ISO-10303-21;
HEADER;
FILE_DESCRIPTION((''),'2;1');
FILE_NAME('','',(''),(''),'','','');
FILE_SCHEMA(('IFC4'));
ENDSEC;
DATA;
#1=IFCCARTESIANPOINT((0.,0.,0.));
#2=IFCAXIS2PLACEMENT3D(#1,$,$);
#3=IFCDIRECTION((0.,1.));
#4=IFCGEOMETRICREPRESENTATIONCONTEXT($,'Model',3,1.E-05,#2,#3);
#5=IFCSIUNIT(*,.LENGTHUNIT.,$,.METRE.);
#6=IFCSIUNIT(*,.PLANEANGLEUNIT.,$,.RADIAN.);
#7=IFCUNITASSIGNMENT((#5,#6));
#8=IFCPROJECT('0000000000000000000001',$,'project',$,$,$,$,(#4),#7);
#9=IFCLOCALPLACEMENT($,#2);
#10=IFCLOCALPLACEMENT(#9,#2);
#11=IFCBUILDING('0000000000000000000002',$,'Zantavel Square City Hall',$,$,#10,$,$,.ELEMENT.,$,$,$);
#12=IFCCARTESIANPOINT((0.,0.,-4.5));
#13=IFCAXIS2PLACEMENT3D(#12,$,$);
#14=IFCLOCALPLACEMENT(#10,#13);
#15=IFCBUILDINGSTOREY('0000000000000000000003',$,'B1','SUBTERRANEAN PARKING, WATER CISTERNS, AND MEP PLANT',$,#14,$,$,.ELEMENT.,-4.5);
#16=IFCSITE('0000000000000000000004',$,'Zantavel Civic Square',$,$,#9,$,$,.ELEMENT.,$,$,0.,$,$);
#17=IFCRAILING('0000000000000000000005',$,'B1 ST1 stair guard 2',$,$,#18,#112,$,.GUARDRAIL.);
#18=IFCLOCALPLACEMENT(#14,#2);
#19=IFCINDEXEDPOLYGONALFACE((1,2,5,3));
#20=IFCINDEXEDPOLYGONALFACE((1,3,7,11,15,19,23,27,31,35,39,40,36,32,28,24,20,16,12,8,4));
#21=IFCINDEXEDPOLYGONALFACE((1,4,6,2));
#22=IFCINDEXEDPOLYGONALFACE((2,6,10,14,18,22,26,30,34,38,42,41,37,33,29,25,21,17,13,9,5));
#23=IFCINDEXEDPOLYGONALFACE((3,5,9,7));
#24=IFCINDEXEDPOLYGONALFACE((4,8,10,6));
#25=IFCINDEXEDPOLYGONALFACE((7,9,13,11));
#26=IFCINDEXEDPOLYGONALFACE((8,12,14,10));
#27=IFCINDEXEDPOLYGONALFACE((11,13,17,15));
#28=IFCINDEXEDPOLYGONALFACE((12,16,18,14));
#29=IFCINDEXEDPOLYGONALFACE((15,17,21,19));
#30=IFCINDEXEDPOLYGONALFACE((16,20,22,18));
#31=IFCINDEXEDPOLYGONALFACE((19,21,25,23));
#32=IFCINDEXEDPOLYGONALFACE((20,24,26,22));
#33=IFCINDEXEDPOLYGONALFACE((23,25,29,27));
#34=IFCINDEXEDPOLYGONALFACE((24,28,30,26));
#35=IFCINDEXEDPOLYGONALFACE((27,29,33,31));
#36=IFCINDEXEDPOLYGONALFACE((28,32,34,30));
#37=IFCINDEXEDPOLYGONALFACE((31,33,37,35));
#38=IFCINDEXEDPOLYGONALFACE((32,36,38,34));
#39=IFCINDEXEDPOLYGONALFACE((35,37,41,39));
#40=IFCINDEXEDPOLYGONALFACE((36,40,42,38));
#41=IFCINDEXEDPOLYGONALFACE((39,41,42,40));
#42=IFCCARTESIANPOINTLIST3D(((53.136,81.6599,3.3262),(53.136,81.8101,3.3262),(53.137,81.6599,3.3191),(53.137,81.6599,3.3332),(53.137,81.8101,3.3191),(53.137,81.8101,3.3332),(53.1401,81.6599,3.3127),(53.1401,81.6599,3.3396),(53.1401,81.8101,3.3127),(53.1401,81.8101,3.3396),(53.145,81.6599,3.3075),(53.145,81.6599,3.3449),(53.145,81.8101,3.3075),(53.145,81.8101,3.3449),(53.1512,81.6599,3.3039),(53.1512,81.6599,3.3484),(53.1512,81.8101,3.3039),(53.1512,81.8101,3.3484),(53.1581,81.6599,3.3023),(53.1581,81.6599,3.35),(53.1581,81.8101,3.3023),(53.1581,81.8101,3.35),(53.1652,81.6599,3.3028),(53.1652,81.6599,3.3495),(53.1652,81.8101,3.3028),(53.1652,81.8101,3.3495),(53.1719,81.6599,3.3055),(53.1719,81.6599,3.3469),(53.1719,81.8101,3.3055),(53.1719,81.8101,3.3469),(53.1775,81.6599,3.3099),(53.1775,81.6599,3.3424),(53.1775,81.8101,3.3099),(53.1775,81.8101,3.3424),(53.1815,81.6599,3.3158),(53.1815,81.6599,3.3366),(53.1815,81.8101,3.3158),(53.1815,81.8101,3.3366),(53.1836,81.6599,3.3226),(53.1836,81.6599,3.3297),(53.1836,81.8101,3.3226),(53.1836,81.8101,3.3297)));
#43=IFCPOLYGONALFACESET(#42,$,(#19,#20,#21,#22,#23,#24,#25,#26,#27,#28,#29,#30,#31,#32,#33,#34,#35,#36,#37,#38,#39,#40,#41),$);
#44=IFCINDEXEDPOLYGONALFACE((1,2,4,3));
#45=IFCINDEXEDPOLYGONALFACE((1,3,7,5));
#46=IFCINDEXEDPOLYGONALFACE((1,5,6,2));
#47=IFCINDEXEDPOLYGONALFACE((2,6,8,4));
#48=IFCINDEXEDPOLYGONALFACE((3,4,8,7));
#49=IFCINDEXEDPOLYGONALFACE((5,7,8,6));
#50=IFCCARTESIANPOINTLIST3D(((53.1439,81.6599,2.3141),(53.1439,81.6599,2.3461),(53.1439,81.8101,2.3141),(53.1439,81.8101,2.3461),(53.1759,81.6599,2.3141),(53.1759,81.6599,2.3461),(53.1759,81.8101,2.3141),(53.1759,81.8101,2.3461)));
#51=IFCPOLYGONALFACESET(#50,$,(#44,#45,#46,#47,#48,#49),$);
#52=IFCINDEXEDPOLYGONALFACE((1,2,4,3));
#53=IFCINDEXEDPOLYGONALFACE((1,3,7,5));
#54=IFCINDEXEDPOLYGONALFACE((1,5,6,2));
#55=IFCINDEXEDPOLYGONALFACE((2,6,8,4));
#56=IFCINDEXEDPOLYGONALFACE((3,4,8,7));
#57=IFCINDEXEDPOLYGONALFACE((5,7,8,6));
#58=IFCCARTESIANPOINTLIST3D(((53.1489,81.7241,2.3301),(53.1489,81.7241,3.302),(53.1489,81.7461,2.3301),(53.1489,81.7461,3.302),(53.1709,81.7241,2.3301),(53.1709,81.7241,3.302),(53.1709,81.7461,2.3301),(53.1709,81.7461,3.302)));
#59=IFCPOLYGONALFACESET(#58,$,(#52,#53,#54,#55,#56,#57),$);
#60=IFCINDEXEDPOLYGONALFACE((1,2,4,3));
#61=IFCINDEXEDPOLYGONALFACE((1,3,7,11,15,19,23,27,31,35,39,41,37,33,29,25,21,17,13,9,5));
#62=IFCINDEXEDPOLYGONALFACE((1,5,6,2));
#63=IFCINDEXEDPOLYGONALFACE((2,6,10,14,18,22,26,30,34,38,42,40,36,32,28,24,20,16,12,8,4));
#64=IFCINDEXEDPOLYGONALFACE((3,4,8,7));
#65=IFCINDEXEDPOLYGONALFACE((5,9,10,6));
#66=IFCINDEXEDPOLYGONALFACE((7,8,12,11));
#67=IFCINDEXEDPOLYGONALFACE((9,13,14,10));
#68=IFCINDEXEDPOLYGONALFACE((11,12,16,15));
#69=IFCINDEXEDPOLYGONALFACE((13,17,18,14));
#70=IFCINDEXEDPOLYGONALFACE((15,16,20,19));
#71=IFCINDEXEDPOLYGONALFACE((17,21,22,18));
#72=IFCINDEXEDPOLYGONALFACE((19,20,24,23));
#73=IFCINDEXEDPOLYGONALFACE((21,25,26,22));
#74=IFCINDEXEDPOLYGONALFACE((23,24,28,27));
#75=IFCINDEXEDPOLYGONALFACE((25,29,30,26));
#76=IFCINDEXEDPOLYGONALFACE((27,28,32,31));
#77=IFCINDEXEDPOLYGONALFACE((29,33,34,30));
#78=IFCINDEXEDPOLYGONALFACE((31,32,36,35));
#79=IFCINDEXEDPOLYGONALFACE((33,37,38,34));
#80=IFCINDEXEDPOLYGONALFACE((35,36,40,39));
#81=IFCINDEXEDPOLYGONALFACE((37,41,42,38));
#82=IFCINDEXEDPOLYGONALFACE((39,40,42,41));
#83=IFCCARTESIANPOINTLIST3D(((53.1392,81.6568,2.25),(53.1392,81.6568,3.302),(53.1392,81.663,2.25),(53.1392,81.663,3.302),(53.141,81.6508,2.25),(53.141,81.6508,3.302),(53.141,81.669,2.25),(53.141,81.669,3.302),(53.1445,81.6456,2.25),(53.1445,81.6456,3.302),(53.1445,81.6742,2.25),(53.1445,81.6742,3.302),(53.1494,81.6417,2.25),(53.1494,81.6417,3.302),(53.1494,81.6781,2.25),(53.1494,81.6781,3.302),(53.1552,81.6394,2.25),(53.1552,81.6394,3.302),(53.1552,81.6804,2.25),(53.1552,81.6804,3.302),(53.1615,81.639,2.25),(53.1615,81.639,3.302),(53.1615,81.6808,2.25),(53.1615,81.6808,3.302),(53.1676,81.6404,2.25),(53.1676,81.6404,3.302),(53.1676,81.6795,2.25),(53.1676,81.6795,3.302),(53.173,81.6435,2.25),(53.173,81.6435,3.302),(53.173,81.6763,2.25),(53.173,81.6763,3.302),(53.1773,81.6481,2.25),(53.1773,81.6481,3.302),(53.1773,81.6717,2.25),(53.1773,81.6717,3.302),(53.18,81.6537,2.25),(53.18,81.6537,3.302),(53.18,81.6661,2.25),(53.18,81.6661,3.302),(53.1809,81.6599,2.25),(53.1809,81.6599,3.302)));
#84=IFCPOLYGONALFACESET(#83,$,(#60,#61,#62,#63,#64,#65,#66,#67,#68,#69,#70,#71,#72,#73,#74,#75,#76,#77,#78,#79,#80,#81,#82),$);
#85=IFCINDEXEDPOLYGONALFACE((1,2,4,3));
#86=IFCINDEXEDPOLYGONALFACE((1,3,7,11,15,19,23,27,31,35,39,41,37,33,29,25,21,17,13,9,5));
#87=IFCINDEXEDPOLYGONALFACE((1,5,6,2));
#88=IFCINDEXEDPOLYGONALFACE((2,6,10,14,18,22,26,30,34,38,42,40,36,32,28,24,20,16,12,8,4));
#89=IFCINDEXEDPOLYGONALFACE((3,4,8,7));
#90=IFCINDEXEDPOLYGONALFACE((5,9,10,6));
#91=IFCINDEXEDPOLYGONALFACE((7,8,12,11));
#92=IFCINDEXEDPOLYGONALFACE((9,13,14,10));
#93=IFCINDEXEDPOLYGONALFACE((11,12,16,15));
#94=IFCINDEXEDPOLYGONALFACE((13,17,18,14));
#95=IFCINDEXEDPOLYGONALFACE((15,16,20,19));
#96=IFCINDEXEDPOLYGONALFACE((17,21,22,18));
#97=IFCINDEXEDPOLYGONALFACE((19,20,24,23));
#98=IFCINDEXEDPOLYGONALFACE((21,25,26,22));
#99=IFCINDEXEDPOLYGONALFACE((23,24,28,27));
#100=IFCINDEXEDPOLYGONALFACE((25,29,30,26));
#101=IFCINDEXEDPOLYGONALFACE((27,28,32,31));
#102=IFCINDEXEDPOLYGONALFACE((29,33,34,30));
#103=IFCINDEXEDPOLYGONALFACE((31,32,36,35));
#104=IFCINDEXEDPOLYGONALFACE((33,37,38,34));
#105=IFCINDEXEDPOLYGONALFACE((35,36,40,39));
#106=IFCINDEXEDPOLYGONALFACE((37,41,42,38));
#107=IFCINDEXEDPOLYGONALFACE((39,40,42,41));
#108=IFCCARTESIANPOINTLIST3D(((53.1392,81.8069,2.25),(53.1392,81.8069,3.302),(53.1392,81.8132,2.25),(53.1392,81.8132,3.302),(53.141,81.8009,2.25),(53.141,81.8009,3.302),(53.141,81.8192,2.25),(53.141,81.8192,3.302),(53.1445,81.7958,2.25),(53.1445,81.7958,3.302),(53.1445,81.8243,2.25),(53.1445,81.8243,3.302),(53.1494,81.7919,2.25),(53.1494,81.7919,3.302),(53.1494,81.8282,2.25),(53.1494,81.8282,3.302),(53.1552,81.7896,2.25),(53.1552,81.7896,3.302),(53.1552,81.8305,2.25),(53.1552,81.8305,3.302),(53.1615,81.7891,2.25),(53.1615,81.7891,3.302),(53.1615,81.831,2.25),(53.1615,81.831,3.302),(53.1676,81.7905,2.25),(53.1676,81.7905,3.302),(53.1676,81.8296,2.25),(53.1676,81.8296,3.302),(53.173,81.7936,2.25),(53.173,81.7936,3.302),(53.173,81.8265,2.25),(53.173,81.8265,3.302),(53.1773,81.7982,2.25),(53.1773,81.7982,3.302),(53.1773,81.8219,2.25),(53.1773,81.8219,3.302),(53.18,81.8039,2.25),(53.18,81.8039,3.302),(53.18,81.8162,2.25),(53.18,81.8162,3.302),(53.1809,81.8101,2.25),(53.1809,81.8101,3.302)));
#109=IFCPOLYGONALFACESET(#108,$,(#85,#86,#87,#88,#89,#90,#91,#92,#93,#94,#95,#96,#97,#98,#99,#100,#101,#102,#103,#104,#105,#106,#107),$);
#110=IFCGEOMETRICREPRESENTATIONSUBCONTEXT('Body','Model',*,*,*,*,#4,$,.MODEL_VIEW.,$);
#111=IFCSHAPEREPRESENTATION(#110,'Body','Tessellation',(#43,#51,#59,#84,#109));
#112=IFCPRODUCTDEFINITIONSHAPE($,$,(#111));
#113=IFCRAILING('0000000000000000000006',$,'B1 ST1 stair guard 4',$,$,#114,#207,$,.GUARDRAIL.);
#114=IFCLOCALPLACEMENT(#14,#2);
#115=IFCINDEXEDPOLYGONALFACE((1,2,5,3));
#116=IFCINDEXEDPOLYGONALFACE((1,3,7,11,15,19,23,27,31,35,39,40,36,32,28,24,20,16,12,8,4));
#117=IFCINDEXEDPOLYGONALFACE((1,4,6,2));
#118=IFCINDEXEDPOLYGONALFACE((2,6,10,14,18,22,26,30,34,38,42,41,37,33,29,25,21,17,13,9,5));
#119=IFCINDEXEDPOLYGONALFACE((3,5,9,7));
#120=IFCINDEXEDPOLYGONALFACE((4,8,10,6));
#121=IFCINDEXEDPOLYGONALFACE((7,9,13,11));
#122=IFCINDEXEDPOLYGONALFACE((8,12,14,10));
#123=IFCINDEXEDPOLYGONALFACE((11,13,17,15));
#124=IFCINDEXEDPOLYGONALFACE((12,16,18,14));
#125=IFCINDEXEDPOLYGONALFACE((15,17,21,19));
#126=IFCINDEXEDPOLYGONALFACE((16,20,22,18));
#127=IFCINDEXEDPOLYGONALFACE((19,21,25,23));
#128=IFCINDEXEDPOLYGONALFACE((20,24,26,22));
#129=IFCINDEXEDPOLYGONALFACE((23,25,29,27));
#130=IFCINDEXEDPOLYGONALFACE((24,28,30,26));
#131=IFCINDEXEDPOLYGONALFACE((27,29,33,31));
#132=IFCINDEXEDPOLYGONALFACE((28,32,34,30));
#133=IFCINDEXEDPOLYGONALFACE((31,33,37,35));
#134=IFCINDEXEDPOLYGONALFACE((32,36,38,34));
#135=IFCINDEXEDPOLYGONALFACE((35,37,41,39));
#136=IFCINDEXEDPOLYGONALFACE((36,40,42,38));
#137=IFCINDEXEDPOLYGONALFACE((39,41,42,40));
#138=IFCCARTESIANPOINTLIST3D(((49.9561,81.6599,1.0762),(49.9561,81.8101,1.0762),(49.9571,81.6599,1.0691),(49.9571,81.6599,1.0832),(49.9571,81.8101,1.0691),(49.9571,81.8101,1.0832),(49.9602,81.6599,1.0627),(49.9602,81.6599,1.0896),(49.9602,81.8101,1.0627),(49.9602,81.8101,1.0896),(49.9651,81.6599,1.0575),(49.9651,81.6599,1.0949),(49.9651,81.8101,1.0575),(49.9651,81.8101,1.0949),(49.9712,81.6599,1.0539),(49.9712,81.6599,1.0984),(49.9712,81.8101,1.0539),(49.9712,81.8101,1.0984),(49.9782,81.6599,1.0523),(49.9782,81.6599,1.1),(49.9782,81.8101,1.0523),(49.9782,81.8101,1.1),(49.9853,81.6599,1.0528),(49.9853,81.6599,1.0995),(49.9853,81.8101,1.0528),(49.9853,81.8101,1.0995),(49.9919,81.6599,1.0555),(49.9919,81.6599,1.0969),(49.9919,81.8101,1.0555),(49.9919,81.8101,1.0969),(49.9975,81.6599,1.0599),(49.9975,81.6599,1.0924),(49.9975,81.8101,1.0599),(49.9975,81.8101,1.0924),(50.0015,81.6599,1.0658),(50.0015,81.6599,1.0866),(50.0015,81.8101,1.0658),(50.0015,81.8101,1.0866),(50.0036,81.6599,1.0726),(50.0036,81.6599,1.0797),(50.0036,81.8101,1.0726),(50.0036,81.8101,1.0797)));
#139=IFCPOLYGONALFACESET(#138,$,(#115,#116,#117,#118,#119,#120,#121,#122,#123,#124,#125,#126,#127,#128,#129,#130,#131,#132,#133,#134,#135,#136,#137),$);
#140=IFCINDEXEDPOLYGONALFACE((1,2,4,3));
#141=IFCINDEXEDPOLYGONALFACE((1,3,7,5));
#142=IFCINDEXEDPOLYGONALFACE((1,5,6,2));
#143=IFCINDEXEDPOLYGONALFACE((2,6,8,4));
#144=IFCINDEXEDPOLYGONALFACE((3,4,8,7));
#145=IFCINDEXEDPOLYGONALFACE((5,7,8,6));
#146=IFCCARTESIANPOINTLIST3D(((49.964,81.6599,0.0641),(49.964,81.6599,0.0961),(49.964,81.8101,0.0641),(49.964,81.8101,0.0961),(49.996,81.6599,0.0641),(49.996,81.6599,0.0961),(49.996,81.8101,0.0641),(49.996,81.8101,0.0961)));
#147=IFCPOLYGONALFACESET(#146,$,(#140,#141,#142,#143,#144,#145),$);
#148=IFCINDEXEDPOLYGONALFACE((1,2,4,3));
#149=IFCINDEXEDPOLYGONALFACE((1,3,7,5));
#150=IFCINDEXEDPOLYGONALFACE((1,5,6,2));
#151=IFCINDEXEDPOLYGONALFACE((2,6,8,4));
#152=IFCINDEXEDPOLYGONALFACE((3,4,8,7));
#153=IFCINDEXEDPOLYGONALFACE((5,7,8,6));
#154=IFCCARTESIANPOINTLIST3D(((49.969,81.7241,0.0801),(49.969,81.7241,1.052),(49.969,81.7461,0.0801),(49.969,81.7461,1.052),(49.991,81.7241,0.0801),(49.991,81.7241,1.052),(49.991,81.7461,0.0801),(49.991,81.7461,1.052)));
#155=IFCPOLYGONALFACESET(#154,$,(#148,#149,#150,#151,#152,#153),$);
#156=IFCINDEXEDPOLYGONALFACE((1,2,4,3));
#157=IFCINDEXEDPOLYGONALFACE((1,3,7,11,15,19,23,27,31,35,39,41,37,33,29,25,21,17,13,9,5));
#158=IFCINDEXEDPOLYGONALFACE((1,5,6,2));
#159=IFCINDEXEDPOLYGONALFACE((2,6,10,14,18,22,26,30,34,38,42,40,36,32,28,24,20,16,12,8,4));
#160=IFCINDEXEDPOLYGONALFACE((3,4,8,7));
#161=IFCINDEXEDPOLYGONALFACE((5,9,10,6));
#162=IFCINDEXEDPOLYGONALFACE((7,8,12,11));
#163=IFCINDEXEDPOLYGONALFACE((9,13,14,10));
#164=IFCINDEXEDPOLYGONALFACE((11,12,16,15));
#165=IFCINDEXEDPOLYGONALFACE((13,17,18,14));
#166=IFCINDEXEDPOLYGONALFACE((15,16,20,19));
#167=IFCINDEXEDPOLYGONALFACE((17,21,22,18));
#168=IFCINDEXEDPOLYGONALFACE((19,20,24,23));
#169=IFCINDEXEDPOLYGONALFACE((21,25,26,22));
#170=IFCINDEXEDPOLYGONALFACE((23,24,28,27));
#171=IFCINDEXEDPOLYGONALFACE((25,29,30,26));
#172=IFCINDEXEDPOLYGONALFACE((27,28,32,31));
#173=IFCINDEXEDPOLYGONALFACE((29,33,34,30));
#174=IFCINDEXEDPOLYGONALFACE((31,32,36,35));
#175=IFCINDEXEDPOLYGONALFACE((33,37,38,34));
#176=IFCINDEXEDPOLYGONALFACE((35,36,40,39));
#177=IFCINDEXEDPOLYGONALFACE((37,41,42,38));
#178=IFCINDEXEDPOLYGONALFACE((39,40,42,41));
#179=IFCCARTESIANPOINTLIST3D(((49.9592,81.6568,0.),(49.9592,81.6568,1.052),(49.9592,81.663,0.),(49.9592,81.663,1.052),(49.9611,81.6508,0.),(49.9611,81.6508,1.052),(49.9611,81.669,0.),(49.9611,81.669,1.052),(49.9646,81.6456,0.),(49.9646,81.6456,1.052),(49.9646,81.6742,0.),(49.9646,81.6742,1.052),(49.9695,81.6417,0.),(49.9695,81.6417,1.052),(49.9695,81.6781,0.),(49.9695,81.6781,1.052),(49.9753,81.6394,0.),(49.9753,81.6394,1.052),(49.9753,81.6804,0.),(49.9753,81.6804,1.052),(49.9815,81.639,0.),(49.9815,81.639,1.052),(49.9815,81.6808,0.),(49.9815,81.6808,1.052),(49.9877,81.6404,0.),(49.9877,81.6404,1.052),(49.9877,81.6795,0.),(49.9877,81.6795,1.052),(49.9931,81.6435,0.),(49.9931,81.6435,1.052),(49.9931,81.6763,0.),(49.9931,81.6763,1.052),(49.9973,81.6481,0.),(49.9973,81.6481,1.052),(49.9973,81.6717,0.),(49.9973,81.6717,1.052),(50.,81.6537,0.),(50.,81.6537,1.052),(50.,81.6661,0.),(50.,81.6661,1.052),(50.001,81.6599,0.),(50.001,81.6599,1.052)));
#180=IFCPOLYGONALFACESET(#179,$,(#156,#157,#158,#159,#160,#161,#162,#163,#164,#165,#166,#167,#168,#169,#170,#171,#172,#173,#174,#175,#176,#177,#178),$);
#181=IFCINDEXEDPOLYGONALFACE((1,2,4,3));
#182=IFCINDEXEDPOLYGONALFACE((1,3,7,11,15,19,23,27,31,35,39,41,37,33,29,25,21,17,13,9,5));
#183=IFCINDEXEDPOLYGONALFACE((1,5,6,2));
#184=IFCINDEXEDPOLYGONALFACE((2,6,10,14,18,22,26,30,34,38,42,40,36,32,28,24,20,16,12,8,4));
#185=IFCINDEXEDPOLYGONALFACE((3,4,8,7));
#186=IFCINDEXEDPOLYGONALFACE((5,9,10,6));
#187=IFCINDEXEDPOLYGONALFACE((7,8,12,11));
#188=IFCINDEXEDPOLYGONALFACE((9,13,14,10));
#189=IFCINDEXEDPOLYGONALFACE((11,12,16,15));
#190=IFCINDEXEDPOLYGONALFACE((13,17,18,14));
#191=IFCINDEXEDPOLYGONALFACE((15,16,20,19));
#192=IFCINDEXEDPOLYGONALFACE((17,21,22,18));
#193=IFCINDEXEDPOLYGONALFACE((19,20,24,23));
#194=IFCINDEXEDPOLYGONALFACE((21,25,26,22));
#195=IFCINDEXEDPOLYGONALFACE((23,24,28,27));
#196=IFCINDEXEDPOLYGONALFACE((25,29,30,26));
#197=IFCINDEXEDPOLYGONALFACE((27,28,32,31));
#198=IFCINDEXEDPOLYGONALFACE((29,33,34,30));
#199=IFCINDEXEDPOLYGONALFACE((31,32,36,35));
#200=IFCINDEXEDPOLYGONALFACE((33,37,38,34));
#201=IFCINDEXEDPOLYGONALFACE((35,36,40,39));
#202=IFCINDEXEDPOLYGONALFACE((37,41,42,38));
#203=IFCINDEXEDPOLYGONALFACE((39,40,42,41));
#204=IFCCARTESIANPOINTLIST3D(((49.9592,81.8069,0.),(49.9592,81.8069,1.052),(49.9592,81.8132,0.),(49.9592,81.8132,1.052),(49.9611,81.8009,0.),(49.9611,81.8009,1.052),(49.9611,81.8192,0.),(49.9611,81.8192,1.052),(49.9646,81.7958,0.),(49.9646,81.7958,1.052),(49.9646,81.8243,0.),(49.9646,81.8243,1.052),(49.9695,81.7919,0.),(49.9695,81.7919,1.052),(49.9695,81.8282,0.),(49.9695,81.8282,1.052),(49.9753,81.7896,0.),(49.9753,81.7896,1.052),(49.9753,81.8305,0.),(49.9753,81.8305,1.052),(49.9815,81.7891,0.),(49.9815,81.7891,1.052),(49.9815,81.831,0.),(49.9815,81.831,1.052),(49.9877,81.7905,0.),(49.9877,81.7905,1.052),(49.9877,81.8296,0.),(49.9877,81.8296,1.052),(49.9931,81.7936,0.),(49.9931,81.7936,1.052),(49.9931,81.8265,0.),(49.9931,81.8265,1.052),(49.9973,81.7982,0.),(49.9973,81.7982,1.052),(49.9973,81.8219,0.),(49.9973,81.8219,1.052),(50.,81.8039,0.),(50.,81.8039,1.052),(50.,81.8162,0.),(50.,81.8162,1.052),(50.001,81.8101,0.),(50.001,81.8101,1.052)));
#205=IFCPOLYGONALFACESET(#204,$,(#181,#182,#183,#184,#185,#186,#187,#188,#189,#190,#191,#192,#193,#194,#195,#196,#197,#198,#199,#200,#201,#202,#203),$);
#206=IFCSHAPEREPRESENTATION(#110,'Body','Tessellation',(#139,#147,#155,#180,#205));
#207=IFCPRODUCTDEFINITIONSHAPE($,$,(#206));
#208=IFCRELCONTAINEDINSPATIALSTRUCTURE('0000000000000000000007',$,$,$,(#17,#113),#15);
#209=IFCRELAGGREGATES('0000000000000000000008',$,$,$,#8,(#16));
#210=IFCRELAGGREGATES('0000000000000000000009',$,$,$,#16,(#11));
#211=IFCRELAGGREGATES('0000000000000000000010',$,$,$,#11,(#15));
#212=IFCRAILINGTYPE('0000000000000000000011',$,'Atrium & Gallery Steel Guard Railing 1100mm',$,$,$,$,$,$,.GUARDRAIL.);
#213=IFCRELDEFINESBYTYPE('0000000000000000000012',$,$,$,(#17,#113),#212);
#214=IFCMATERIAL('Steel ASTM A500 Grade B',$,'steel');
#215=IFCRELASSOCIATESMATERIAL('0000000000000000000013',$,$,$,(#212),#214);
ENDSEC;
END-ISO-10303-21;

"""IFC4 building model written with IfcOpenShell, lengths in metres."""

from ifc_helpers import new_model, si_unit, direction, frame, origin, origin_2d, place, context, subcontext, project, spatial, rectangle, circle, extrude, material, type_object, element, save


model = new_model("IFC4")

# Units and contexts
model_context = context("Model", 3, precision=1e-05, world=origin(), true_north=direction((0.0, 1.0)))
body_context = subcontext(model_context, "Body", "Model", "MODEL_VIEW")
ifc_project = project(units=[si_unit("LENGTHUNIT", "METRE"), si_unit("PLANEANGLEUNIT", "RADIAN")], contexts=[model_context])

# Site, building, storey
site_placement = place(None, origin())
site = spatial("IfcSite", under=ifc_project, at=site_placement, Name="Zantavel Civic Square", CompositionType="ELEMENT", RefElevation=0.0)
building_placement = place(site_placement, origin())
building = spatial("IfcBuilding", under=site, at=building_placement, Name="Zantavel Square City Hall", CompositionType="ELEMENT")
storey_placement = place(building_placement, frame((0.0, 0.0, -4.5)))
storey = spatial("IfcBuildingStorey", under=building, at=storey_placement, Name="B1", Description="SUBTERRANEAN PARKING, WATER CISTERNS, AND MEP PLANT", CompositionType="ELEMENT", Elevation=-4.5)

# Shared definitions
ifc_material_1 = material(Name="Steel ASTM A500 Grade B", Category="steel")

# Railings
railing_type_1 = type_object("IfcRailingType", Name="Atrium & Gallery Steel Guard Railing 1100mm", PredefinedType="GUARDRAIL", material=ifc_material_1)
railing_1_placement = place(storey_placement, frame((53.1599, 81.6599, 2.25)))
element("IfcRailing", 1, at=railing_1_placement, inside=storey, type_object=railing_type_1, Name="B1 ST1 stair guard 2", PredefinedType="GUARDRAIL", context=body_context, shape_type="SweptSolid", body=[
    extrude(circle(Radius=0.0239, at=origin_2d()), frame((0.0, 0.0, 1.0762), z_axis=(0.0, 1.0, 0.0), x_axis=(-1.0, 0.0, 0.0)), (0.0, 0.0, 1.0), 0.1501),
    extrude(rectangle(XDim=0.032, YDim=0.032, at=origin_2d()), frame((0.0, 0.0, 0.0801), z_axis=(0.0, 1.0, 0.0), x_axis=(-1.0, 0.0, 0.0)), (0.0, 0.0, 1.0), 0.1501),
    extrude(rectangle(XDim=0.022, YDim=0.022, at=origin_2d()), frame((0.0, 0.0752, 0.0801)), (0.0, 0.0, 1.0), 0.9719),
    extrude(circle(Radius=0.021, at=origin_2d()), origin(), (0.0, 0.0, 1.0), 1.052),
    extrude(circle(Radius=0.021, at=origin_2d()), frame((0.0, 0.1501, 0.0)), (0.0, 0.0, 1.0), 1.052),
])
railing_2_placement = place(storey_placement, frame((49.98, 81.6599, 0.0)))
element("IfcRailing", 2, at=railing_2_placement, inside=storey, type_object=railing_type_1, Name="B1 ST1 stair guard 4", PredefinedType="GUARDRAIL", context=body_context, shape_type="SweptSolid", body=[
    extrude(circle(Radius=0.0239, at=origin_2d()), frame((0.0, 0.0, 1.0762), z_axis=(0.0, 1.0, 0.0), x_axis=(-1.0, 0.0, 0.0)), (0.0, 0.0, 1.0), 0.1501),
    extrude(rectangle(XDim=0.032, YDim=0.032, at=origin_2d()), frame((0.0, 0.0, 0.0801), z_axis=(0.0, 1.0, 0.0), x_axis=(-1.0, 0.0, 0.0)), (0.0, 0.0, 1.0), 0.1501),
    extrude(rectangle(XDim=0.022, YDim=0.022, at=origin_2d()), frame((0.0, 0.0752, 0.0801)), (0.0, 0.0, 1.0), 0.9719),
    extrude(circle(Radius=0.021, at=origin_2d()), origin(), (0.0, 0.0, 1.0), 1.052),
    extrude(circle(Radius=0.021, at=origin_2d()), frame((0.0, 0.1501, 0.0)), (0.0, 0.0, 1.0), 1.052),
])

save(model, "model.ifc")
